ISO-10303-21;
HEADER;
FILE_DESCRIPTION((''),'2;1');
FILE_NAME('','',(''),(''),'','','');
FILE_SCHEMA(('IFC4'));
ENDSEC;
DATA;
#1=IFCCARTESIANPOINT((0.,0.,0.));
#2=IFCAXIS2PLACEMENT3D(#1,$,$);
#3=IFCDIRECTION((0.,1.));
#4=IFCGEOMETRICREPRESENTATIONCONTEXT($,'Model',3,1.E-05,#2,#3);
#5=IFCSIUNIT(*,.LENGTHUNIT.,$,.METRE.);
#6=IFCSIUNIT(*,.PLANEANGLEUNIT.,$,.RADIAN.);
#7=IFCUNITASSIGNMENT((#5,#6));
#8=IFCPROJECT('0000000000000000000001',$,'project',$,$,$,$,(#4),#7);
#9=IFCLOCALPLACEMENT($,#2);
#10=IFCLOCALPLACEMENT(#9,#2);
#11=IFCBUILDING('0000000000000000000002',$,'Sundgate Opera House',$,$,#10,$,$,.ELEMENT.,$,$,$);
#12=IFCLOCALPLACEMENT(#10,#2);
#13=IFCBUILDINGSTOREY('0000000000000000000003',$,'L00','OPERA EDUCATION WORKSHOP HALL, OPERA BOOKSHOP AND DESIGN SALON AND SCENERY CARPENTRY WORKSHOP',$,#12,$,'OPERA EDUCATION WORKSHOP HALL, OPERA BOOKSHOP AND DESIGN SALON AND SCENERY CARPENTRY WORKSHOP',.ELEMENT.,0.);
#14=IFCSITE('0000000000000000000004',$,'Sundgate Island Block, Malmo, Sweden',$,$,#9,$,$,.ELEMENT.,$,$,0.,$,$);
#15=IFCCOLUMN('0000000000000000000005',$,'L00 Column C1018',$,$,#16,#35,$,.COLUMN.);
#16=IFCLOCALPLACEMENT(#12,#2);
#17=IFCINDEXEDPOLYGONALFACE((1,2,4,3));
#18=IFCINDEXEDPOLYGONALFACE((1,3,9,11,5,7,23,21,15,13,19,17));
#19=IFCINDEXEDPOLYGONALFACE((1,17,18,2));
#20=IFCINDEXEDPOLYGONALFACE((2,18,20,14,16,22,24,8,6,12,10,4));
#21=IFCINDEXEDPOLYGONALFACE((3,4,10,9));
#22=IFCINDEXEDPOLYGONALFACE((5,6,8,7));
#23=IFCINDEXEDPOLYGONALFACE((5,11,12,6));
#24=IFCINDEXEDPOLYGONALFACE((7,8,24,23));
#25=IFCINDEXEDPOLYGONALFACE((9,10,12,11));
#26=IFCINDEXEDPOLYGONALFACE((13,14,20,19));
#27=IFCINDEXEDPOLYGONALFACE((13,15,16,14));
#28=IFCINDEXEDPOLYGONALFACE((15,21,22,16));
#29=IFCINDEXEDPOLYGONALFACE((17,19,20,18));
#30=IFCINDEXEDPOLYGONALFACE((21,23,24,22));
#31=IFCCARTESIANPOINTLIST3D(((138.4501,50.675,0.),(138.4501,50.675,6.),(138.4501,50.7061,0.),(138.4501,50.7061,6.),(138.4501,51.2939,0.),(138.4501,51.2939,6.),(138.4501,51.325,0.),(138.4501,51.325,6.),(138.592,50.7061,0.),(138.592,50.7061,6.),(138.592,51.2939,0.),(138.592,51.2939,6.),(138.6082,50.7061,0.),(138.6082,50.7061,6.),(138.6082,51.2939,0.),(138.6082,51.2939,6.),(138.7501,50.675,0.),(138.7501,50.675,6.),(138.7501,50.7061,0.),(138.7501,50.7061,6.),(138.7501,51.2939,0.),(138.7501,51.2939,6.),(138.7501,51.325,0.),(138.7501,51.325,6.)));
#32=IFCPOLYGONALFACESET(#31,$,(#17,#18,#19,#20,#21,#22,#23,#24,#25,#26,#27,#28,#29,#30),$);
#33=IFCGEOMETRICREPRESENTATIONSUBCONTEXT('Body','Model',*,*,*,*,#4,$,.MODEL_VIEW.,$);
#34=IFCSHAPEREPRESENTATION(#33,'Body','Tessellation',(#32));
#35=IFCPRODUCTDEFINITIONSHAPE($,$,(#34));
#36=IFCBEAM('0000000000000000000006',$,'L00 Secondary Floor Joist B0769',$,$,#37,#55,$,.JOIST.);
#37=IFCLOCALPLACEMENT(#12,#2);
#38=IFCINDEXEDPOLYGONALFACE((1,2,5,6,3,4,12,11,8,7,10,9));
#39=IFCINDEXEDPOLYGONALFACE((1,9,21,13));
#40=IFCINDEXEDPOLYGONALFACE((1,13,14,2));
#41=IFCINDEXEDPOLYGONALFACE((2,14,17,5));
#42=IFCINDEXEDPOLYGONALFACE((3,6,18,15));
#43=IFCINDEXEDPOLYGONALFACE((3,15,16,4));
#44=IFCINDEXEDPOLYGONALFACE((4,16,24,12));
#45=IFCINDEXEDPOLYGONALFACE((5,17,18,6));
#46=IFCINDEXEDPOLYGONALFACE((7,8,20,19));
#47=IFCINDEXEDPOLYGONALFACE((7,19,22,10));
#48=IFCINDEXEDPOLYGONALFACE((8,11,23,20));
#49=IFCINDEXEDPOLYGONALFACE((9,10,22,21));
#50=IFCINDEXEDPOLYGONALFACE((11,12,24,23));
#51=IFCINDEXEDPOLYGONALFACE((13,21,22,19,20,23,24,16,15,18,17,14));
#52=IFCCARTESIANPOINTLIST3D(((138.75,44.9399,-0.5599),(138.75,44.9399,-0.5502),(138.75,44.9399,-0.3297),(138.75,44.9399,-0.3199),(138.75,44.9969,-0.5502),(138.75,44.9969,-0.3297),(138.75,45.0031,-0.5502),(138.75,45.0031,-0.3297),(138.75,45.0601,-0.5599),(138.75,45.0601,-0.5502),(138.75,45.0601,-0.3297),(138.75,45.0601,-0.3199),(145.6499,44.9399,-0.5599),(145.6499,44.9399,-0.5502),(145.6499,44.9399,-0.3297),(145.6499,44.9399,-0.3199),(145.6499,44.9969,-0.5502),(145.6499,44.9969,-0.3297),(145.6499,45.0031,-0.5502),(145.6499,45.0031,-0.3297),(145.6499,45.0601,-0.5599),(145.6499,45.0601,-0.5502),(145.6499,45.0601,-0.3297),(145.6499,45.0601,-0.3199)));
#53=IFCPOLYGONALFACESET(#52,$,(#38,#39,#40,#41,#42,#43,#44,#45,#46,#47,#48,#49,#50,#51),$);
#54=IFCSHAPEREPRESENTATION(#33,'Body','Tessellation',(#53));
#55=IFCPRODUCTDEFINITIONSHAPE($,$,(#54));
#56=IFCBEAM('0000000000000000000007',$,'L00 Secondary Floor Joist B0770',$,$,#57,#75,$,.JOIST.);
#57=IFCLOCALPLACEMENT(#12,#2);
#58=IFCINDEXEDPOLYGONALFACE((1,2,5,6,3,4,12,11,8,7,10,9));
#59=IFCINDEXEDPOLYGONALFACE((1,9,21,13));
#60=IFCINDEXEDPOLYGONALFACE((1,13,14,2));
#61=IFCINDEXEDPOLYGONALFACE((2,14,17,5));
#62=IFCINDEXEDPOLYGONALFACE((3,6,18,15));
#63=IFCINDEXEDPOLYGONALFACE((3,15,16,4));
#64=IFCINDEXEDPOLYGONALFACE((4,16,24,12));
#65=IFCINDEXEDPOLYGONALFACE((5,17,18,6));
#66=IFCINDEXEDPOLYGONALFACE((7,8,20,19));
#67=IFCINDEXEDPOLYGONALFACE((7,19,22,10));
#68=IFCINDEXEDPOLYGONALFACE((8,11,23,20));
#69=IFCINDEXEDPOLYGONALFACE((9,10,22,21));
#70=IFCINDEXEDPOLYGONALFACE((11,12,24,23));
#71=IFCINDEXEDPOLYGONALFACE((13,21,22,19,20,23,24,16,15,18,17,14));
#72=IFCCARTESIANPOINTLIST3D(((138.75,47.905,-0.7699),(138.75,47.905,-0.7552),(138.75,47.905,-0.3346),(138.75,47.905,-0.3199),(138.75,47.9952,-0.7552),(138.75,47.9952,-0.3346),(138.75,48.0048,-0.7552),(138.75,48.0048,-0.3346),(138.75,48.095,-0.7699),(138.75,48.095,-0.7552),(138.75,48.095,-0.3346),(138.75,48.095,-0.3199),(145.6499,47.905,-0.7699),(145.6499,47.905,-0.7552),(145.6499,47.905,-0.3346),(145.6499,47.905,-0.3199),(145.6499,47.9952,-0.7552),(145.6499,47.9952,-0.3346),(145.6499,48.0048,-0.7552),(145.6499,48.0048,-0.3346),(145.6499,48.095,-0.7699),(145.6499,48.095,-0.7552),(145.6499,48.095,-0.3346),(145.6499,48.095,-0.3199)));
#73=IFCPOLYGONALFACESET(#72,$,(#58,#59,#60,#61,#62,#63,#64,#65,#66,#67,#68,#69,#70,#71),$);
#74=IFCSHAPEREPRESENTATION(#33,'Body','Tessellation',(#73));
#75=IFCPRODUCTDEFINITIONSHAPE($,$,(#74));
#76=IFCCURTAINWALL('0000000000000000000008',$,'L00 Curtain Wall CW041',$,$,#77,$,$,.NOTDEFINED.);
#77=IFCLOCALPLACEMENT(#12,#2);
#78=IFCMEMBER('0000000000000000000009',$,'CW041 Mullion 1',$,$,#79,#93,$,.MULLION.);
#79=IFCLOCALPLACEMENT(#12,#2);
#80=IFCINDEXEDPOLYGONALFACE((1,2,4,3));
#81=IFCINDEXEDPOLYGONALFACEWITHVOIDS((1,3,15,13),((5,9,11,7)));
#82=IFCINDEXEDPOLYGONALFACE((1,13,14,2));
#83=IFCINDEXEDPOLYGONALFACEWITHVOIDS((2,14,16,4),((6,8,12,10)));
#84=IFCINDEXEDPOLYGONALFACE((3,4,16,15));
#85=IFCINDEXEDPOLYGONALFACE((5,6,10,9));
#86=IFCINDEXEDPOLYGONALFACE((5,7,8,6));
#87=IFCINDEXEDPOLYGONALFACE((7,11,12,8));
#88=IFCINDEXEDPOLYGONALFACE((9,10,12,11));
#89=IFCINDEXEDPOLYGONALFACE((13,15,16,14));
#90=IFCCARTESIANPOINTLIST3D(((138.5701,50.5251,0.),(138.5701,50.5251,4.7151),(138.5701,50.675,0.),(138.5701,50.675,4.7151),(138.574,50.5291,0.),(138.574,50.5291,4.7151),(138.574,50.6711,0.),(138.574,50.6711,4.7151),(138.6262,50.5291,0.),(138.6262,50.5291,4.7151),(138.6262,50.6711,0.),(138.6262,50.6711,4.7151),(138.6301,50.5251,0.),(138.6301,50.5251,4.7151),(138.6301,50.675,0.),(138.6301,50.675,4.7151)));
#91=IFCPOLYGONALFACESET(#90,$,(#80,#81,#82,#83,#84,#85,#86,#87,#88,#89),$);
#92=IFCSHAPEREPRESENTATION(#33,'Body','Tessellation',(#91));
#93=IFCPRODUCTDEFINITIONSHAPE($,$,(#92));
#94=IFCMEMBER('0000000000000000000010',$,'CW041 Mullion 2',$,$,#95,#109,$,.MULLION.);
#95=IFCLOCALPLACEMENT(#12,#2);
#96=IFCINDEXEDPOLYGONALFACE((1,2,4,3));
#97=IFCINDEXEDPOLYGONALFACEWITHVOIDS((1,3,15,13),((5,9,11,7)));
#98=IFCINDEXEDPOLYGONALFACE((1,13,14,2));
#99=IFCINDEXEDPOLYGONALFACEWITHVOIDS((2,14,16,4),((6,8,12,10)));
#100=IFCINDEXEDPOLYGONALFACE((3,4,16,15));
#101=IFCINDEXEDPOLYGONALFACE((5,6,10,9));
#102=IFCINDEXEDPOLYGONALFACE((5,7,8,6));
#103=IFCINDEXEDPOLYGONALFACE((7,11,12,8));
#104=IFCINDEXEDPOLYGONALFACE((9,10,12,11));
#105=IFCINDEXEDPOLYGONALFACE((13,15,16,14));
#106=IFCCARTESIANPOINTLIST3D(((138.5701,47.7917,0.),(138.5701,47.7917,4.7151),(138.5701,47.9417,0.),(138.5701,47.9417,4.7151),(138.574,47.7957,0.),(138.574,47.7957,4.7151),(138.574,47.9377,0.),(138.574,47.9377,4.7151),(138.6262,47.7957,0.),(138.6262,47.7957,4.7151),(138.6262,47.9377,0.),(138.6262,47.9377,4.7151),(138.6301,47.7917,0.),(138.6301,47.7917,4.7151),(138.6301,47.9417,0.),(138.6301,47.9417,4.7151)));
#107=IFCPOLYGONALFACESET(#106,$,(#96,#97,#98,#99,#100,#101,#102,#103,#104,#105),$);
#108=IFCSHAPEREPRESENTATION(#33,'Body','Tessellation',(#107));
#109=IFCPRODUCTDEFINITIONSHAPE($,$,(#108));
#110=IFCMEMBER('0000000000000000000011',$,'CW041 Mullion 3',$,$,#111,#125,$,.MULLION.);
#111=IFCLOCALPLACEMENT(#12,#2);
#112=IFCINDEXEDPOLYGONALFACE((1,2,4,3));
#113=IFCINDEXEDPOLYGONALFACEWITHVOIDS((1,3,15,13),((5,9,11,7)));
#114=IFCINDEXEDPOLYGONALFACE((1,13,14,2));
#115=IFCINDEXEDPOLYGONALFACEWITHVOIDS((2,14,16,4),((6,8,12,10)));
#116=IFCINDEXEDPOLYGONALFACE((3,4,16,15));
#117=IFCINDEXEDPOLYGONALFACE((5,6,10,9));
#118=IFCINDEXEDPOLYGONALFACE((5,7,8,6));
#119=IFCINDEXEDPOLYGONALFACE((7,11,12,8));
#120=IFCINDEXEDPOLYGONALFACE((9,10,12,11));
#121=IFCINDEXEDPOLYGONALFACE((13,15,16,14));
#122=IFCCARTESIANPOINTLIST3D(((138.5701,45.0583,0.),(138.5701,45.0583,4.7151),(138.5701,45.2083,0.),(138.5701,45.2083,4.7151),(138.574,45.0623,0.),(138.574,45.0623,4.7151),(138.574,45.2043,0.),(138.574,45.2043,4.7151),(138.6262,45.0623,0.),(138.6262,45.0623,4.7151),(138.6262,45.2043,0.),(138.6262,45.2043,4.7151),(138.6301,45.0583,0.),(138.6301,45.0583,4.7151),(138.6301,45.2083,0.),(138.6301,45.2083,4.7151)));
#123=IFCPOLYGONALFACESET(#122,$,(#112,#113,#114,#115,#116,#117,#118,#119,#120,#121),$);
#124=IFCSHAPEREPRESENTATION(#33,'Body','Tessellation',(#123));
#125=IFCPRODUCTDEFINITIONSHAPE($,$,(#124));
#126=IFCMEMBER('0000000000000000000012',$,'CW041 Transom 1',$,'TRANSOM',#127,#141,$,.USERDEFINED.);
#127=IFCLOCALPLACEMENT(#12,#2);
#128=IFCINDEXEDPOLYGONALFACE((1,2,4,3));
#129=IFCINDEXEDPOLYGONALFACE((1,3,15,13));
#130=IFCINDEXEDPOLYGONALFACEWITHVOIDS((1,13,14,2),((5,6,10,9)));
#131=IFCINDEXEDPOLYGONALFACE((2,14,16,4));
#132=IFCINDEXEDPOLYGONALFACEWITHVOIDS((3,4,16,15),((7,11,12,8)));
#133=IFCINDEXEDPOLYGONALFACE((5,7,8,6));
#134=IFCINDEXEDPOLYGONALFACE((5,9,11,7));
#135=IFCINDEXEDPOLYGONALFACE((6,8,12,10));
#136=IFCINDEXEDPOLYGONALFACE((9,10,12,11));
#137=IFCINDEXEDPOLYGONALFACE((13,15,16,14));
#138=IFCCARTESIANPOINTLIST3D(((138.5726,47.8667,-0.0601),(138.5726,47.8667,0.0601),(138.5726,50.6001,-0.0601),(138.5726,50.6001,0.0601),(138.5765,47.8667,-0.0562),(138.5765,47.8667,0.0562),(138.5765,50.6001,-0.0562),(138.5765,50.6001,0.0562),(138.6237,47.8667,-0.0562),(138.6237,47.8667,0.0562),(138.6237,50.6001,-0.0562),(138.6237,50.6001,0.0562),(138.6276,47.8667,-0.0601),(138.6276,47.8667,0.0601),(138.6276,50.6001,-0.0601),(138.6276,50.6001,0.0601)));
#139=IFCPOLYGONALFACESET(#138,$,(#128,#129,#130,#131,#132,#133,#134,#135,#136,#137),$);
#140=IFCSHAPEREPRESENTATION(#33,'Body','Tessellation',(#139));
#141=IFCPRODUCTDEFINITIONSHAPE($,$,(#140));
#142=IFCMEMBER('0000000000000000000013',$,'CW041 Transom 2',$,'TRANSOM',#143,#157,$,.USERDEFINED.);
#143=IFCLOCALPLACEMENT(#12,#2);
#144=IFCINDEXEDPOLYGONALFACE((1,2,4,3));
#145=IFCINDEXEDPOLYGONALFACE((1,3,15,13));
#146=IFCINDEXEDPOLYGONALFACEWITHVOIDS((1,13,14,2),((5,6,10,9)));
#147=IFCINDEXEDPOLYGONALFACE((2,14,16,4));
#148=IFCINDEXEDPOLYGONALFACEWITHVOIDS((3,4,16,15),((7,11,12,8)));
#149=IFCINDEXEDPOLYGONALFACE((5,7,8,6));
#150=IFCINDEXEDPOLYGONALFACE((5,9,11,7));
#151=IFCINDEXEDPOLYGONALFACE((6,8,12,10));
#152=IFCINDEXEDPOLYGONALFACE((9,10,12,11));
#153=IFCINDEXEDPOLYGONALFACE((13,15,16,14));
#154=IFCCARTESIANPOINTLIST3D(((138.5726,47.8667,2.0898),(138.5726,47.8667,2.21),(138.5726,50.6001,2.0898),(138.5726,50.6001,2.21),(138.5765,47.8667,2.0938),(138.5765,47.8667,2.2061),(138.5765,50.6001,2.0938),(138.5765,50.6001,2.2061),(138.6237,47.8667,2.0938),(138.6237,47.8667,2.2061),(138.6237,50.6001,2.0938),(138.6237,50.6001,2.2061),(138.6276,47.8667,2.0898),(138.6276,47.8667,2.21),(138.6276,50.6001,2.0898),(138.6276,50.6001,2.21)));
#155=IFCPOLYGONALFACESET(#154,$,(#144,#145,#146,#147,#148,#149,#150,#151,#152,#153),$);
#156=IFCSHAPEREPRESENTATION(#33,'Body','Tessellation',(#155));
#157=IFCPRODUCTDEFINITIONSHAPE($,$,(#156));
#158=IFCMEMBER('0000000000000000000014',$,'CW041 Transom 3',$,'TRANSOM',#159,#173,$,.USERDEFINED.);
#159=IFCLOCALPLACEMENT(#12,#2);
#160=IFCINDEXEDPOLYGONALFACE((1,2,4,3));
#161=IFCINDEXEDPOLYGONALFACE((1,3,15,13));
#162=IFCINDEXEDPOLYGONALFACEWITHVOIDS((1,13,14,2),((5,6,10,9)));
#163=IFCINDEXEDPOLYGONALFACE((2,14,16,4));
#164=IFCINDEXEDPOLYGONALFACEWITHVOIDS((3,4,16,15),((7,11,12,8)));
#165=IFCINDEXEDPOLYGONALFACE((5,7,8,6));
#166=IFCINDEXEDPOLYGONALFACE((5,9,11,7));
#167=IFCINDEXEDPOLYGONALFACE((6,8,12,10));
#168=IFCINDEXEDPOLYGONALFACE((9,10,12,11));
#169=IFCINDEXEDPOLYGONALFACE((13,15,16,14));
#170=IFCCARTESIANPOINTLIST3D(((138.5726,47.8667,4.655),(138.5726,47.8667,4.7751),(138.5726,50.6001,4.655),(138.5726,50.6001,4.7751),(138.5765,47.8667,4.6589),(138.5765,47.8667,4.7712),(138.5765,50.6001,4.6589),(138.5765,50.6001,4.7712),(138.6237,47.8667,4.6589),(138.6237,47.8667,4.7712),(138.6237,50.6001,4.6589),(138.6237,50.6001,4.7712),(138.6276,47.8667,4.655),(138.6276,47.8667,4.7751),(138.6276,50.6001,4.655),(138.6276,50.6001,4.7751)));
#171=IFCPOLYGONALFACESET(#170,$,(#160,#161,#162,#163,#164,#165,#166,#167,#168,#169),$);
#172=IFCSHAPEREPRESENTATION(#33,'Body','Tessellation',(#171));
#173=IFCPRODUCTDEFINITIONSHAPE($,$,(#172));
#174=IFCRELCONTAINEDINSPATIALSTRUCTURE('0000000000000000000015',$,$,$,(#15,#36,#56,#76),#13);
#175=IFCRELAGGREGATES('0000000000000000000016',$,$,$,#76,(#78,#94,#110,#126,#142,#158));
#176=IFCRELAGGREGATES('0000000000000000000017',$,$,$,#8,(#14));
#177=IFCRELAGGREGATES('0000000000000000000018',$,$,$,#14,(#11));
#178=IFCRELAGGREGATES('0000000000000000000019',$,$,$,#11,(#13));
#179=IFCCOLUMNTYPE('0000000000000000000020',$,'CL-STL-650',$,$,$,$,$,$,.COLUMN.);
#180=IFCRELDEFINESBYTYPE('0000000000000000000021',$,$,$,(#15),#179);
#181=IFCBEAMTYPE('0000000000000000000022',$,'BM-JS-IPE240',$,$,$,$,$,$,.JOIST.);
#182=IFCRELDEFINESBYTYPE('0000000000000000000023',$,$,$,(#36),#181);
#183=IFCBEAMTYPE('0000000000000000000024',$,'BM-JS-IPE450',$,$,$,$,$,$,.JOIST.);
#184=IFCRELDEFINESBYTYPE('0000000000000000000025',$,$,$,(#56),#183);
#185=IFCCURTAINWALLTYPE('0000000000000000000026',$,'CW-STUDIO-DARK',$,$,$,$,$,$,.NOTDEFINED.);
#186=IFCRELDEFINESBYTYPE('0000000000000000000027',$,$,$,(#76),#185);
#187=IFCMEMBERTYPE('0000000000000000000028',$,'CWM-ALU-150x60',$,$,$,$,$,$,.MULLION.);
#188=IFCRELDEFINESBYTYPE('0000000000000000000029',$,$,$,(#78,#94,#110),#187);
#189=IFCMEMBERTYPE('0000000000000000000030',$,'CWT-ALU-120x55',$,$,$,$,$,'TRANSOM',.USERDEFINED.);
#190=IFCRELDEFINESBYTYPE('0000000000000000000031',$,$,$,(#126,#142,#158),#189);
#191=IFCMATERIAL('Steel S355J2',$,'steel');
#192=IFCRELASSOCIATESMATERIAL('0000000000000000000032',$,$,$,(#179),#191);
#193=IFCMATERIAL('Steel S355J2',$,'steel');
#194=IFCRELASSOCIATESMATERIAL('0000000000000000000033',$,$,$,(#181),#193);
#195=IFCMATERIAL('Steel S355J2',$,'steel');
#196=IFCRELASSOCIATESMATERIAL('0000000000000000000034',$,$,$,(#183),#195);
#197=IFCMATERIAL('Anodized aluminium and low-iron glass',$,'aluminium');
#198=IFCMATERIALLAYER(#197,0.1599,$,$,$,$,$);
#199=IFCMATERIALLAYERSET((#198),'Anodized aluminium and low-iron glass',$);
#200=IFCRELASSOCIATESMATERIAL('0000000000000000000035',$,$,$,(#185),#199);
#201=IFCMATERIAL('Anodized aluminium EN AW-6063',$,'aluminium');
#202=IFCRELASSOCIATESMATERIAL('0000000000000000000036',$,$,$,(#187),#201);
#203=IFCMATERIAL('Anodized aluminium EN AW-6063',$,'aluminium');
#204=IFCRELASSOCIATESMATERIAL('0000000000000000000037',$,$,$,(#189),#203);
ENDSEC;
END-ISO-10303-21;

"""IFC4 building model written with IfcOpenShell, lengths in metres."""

from ifc_helpers import new_model, si_unit, direction, frame, origin, origin_2d, place, context, subcontext, project, spatial, hollow_rectangle, i_section, extrude, material, layer, layer_set, material_profile, profile_set, type_object, element, aggregate, save


model = new_model("IFC4")

# Units and contexts
model_context = context("Model", 3, precision=1e-05, world=origin(), true_north=direction((0.0, 1.0)))
body_context = subcontext(model_context, "Body", "Model", "MODEL_VIEW")
ifc_project = project(units=[si_unit("LENGTHUNIT", "METRE"), si_unit("PLANEANGLEUNIT", "RADIAN")], contexts=[model_context])

# Site, building, storey
site_placement = place(None, origin())
site = spatial("IfcSite", under=ifc_project, at=site_placement, Name="Sundgate Island Block, Malmo, Sweden", CompositionType="ELEMENT", RefElevation=0.0)
building_placement = place(site_placement, origin())
building = spatial("IfcBuilding", under=site, at=building_placement, Name="Sundgate Opera House", CompositionType="ELEMENT")
storey_placement = place(building_placement, origin())
storey = spatial("IfcBuildingStorey", under=building, at=storey_placement, Name="L00", Description="OPERA EDUCATION WORKSHOP HALL, OPERA BOOKSHOP AND DESIGN SALON AND SCENERY CARPENTRY WORKSHOP", LongName="OPERA EDUCATION WORKSHOP HALL, OPERA BOOKSHOP AND DESIGN SALON AND SCENERY CARPENTRY WORKSHOP", CompositionType="ELEMENT", Elevation=0.0)

# Column
ifc_material_1 = material(Name="Steel S355J2", Category="steel")
ifc_material_profile_1 = material_profile(ifc_material_1, i_section(OverallWidth=0.3, OverallDepth=0.6499, WebThickness=0.0161, FlangeThickness=0.031, at=origin_2d()), Name="HEB 650")
ifc_profile_set_1 = profile_set([ifc_material_profile_1], Name="Steel S355J2")
column_type = type_object("IfcColumnType", Name="CL-STL-650", PredefinedType="COLUMN", material=ifc_profile_set_1)
column_placement = place(storey_placement, frame((138.6001, 51.0, 0.0), z_axis=(0.0, 0.0, 1.0), x_axis=(1.0, 0.0, 0.0)))
element("IfcColumn", 1, at=column_placement, inside=storey, type_object=column_type, Name="L00 Column C1018", PredefinedType="COLUMN", context=body_context, shape_type="SweptSolid", body=[
    extrude(i_section(OverallWidth=0.3, OverallDepth=0.6499, WebThickness=0.0161, FlangeThickness=0.031, at=origin_2d()), origin(), (0.0, 0.0, 1.0), 6.0),
])

# Beams
ifc_material_2 = material(Name="Steel S355J2", Category="steel")
ifc_material_profile_2 = material_profile(ifc_material_2, i_section(OverallWidth=0.1201, OverallDepth=0.24, WebThickness=0.0061, FlangeThickness=0.0098, at=origin_2d()), Name="IPE 240")
ifc_profile_set_2 = profile_set([ifc_material_profile_2], Name="Steel S355J2")
beam_type_1 = type_object("IfcBeamType", Name="BM-JS-IPE240", PredefinedType="JOIST", material=ifc_profile_set_2)
beam_1_placement = place(storey_placement, frame((138.75, 45.0, -0.4399), z_axis=(1.0, 0.0, 0.0), x_axis=(0.0, 1.0, 0.0)))
element("IfcBeam", 2, at=beam_1_placement, inside=storey, type_object=beam_type_1, Name="L00 Secondary Floor Joist B0769", PredefinedType="JOIST", context=body_context, shape_type="SweptSolid", body=[
    extrude(i_section(OverallWidth=0.1201, OverallDepth=0.24, WebThickness=0.0061, FlangeThickness=0.0098, at=origin_2d()), origin(), (0.0, 0.0, 1.0), 6.8999),
])
ifc_material_3 = material(Name="Steel S355J2", Category="steel")
ifc_material_profile_3 = material_profile(ifc_material_3, i_section(OverallWidth=0.1899, OverallDepth=0.45, WebThickness=0.0095, FlangeThickness=0.0146, at=origin_2d()), Name="IPE 450")
ifc_profile_set_3 = profile_set([ifc_material_profile_3], Name="Steel S355J2")
beam_type_2 = type_object("IfcBeamType", Name="BM-JS-IPE450", PredefinedType="JOIST", material=ifc_profile_set_3)
beam_2_placement = place(storey_placement, frame((138.75, 48.0, -0.5449), z_axis=(1.0, 0.0, 0.0), x_axis=(0.0, 1.0, 0.0)))
element("IfcBeam", 3, at=beam_2_placement, inside=storey, type_object=beam_type_2, Name="L00 Secondary Floor Joist B0770", PredefinedType="JOIST", context=body_context, shape_type="SweptSolid", body=[
    extrude(i_section(OverallWidth=0.1899, OverallDepth=0.45, WebThickness=0.0095, FlangeThickness=0.0146, at=origin_2d()), origin(), (0.0, 0.0, 1.0), 6.8999),
])

# Curtain wall, members
ifc_material_4 = material(Name="Anodized aluminium and low-iron glass", Category="aluminium")
ifc_layer_1 = layer(ifc_material_4, 0.1599)
ifc_layer_set_1 = layer_set([ifc_layer_1], Name="Anodized aluminium and low-iron glass")
curtain_wall_type = type_object("IfcCurtainWallType", Name="CW-STUDIO-DARK", PredefinedType="NOTDEFINED", material=ifc_layer_set_1)
curtain_wall_placement = place(storey_placement, origin())
curtain_wall = element("IfcCurtainWall", 4, at=curtain_wall_placement, inside=storey, type_object=curtain_wall_type, Name="L00 Curtain Wall CW041", PredefinedType="NOTDEFINED")
ifc_material_5 = material(Name="Anodized aluminium EN AW-6063", Category="aluminium")
ifc_material_profile_4 = material_profile(ifc_material_5, hollow_rectangle(XDim=0.0601, YDim=0.1499, WallThickness=0.0039, at=origin_2d()), Name="CWM 150x60x4")
ifc_profile_set_4 = profile_set([ifc_material_profile_4], Name="Anodized aluminium EN AW-6063")
member_type_1 = type_object("IfcMemberType", Name="CWM-ALU-150x60", PredefinedType="MULLION", material=ifc_profile_set_4)
member_1_placement = place(storey_placement, frame((138.6001, 50.6001, 0.0), z_axis=(0.0, 0.0, 1.0), x_axis=(1.0, 0.0, 0.0)))
member_1 = element("IfcMember", 5, at=member_1_placement, type_object=member_type_1, Name="CW041 Mullion 1", PredefinedType="MULLION", context=body_context, shape_type="SweptSolid", body=[
    extrude(hollow_rectangle(XDim=0.0601, YDim=0.1499, WallThickness=0.0039, at=origin_2d()), origin(), (0.0, 0.0, 1.0), 4.7151),
])
member_2_placement = place(storey_placement, frame((138.6001, 47.8667, 0.0), z_axis=(0.0, 0.0, 1.0), x_axis=(1.0, 0.0, 0.0)))
member_2 = element("IfcMember", 6, at=member_2_placement, type_object=member_type_1, Name="CW041 Mullion 2", PredefinedType="MULLION", context=body_context, shape_type="SweptSolid", body=[
    extrude(hollow_rectangle(XDim=0.0601, YDim=0.1499, WallThickness=0.0039, at=origin_2d()), origin(), (0.0, 0.0, 1.0), 4.7151),
])
member_3_placement = place(storey_placement, frame((138.6001, 45.1333, 0.0), z_axis=(0.0, 0.0, 1.0), x_axis=(1.0, 0.0, 0.0)))
member_3 = element("IfcMember", 7, at=member_3_placement, type_object=member_type_1, Name="CW041 Mullion 3", PredefinedType="MULLION", context=body_context, shape_type="SweptSolid", body=[
    extrude(hollow_rectangle(XDim=0.0601, YDim=0.1499, WallThickness=0.0039, at=origin_2d()), origin(), (0.0, 0.0, 1.0), 4.7151),
])
ifc_material_6 = material(Name="Anodized aluminium EN AW-6063", Category="aluminium")
ifc_material_profile_5 = material_profile(ifc_material_6, hollow_rectangle(XDim=0.0549, YDim=0.1201, WallThickness=0.0039, at=origin_2d()), Name="CWT 120x55x4")
ifc_profile_set_5 = profile_set([ifc_material_profile_5], Name="Anodized aluminium EN AW-6063")
member_type_2 = type_object("IfcMemberType", Name="CWT-ALU-120x55", ElementType="TRANSOM", PredefinedType="USERDEFINED", material=ifc_profile_set_5)
member_4_placement = place(storey_placement, frame((138.6001, 50.6001, 0.0), z_axis=(0.0, -1.0, 0.0), x_axis=(1.0, 0.0, 0.0)))
member_4 = element("IfcMember", 8, at=member_4_placement, type_object=member_type_2, Name="CW041 Transom 1", ObjectType="TRANSOM", PredefinedType="USERDEFINED", context=body_context, shape_type="SweptSolid", body=[
    extrude(hollow_rectangle(XDim=0.0549, YDim=0.1201, WallThickness=0.0039, at=origin_2d()), origin(), (0.0, 0.0, 1.0), 2.7334),
])
member_5_placement = place(storey_placement, frame((138.6001, 50.6001, 2.1499), z_axis=(0.0, -1.0, 0.0), x_axis=(1.0, 0.0, 0.0)))
member_5 = element("IfcMember", 9, at=member_5_placement, type_object=member_type_2, Name="CW041 Transom 2", ObjectType="TRANSOM", PredefinedType="USERDEFINED", context=body_context, shape_type="SweptSolid", body=[
    extrude(hollow_rectangle(XDim=0.0549, YDim=0.1201, WallThickness=0.0039, at=origin_2d()), origin(), (0.0, 0.0, 1.0), 2.7334),
])
member_6_placement = place(storey_placement, frame((138.6001, 50.6001, 4.7151), z_axis=(0.0, -1.0, 0.0), x_axis=(1.0, 0.0, 0.0)))
member_6 = element("IfcMember", 10, at=member_6_placement, type_object=member_type_2, Name="CW041 Transom 3", ObjectType="TRANSOM", PredefinedType="USERDEFINED", context=body_context, shape_type="SweptSolid", body=[
    extrude(hollow_rectangle(XDim=0.0549, YDim=0.1201, WallThickness=0.0039, at=origin_2d()), origin(), (0.0, 0.0, 1.0), 2.7334),
])
aggregate(curtain_wall, [member_1, member_2, member_3, member_4, member_5, member_6])

save(model, "model.ifc")
